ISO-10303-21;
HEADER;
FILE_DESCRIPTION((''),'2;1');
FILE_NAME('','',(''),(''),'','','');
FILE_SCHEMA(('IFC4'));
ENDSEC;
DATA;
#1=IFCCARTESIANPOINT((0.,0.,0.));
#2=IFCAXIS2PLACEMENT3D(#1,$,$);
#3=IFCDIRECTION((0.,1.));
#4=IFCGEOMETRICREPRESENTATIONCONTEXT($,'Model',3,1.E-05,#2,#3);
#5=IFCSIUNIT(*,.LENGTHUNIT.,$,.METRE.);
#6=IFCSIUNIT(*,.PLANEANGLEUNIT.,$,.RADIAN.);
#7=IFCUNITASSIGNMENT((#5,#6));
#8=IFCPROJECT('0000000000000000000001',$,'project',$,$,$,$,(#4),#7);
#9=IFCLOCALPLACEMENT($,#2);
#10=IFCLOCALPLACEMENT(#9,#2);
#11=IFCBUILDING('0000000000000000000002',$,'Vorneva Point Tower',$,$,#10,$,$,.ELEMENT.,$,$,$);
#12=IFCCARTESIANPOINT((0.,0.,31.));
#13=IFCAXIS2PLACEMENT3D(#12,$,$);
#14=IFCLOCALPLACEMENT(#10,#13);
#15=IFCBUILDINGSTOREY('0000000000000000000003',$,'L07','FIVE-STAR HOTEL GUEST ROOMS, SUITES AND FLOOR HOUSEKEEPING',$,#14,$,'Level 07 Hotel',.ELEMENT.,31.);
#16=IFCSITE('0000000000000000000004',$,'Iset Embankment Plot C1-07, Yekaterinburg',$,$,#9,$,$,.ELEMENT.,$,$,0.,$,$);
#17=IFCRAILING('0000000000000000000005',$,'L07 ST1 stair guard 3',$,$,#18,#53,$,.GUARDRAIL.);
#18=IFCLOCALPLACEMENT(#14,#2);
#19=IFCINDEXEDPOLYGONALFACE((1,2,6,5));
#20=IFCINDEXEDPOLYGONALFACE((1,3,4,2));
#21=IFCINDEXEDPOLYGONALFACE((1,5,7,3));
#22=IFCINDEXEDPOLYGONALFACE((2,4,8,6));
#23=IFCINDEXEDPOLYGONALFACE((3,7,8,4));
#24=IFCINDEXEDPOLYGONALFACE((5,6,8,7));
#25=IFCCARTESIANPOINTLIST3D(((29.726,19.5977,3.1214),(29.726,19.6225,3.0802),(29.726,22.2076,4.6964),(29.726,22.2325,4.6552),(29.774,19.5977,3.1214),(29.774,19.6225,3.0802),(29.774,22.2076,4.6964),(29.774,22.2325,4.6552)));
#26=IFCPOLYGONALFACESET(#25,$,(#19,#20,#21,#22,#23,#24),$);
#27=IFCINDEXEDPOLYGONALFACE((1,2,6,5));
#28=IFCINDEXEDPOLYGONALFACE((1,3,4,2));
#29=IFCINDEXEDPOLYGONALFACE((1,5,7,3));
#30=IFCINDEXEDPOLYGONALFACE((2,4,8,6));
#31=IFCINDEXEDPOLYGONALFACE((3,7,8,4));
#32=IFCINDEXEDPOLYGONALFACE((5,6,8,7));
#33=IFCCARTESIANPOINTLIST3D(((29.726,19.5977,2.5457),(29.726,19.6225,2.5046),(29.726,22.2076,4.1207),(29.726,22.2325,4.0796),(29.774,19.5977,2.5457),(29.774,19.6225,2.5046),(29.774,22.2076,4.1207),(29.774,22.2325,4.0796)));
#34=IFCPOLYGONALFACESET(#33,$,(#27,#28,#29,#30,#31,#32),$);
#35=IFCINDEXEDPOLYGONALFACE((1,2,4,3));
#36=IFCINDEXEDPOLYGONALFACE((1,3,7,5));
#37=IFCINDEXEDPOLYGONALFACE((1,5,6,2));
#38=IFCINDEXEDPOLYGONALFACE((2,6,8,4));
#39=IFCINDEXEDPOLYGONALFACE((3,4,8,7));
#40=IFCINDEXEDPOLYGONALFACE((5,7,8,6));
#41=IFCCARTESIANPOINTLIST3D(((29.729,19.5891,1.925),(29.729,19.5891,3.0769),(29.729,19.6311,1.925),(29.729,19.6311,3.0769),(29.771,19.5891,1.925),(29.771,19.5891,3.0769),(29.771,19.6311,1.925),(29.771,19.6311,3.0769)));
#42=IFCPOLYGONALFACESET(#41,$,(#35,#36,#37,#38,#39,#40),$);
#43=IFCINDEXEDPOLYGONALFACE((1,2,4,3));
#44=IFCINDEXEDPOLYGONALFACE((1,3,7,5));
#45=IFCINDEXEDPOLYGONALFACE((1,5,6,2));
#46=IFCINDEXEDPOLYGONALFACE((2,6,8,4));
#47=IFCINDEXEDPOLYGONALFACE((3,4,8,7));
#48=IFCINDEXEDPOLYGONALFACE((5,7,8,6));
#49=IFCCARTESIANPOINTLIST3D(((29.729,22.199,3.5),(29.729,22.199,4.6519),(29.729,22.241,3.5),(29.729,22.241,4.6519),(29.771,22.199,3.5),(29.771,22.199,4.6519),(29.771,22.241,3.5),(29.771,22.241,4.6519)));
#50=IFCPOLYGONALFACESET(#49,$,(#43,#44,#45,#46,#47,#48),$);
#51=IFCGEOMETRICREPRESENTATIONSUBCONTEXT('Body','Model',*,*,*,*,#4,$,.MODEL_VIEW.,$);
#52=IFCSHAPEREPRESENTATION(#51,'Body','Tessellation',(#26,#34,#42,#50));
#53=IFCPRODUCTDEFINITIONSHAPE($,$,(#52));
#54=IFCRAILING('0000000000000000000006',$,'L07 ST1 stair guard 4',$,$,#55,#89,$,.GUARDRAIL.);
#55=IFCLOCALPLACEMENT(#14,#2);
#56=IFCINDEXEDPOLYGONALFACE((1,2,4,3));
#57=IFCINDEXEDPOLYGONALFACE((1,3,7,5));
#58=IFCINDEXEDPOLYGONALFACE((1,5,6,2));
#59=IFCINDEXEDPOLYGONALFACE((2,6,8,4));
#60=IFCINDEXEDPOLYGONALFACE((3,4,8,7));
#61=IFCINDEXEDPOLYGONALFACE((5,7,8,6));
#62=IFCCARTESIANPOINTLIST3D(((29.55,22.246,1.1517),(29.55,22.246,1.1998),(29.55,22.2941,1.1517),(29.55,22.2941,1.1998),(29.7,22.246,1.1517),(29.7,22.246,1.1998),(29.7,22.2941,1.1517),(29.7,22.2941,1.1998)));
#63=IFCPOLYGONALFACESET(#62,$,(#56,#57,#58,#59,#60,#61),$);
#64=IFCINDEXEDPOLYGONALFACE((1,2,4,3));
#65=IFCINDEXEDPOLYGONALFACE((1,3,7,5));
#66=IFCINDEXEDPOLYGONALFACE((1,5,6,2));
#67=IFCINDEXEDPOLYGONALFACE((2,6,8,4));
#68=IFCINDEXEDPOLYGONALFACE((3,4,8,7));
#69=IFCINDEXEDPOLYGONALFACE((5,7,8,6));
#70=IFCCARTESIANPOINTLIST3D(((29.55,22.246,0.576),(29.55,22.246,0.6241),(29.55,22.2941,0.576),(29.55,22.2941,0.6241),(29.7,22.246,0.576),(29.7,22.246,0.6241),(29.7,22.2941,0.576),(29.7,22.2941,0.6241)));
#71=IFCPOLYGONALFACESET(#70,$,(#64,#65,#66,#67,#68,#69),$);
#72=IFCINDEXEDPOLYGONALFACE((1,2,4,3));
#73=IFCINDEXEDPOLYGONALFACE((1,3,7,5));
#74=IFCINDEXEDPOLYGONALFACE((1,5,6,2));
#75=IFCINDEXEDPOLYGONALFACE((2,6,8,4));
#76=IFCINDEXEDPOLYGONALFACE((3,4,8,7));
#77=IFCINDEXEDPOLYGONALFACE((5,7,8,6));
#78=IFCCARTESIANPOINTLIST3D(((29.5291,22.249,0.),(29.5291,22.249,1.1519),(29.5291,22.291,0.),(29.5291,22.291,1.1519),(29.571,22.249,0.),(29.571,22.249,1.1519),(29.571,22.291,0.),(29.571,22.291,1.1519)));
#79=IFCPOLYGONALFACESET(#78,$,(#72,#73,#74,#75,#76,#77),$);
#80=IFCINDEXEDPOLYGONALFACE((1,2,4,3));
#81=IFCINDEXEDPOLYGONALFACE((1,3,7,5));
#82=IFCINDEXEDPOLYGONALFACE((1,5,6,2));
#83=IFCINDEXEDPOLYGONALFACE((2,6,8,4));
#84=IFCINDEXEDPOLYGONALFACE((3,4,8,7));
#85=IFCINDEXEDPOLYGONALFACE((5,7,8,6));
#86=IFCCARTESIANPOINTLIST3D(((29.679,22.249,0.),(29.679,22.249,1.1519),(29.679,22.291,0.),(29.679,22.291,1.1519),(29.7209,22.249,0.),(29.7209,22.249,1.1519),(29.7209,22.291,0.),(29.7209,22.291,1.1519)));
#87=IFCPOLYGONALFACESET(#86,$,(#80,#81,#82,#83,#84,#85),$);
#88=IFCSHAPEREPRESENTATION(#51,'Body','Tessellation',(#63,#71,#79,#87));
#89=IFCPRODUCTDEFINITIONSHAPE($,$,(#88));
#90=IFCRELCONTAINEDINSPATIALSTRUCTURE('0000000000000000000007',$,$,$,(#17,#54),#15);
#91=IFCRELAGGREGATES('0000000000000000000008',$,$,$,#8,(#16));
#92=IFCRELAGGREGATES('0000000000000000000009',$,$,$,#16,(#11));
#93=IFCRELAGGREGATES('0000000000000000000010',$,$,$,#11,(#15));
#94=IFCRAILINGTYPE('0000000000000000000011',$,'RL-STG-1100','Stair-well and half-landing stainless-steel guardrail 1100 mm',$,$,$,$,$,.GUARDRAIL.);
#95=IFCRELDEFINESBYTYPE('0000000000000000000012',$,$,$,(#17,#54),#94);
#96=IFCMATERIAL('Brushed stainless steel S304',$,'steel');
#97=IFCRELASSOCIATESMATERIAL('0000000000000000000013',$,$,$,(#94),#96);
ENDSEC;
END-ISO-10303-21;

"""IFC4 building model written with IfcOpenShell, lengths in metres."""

from ifc_helpers import new_model, si_unit, direction, frame, origin, origin_2d, place, context, subcontext, project, spatial, rectangle, extrude, material, type_object, element, save


model = new_model("IFC4")

# Units and contexts
model_context = context("Model", 3, precision=1e-05, world=origin(), true_north=direction((0.0, 1.0)))
body_context = subcontext(model_context, "Body", "Model", "MODEL_VIEW")
ifc_project = project(units=[si_unit("LENGTHUNIT", "METRE"), si_unit("PLANEANGLEUNIT", "RADIAN")], contexts=[model_context])

# Site, building, storey
site_placement = place(None, origin())
site = spatial("IfcSite", under=ifc_project, at=site_placement, Name="Iset Embankment Plot C1-07, Yekaterinburg", CompositionType="ELEMENT", RefElevation=0.0)
building_placement = place(site_placement, origin())
building = spatial("IfcBuilding", under=site, at=building_placement, Name="Vorneva Point Tower", CompositionType="ELEMENT")
storey_placement = place(building_placement, frame((0.0, 0.0, 31.0)))
storey = spatial("IfcBuildingStorey", under=building, at=storey_placement, Name="L07", Description="FIVE-STAR HOTEL GUEST ROOMS, SUITES AND FLOOR HOUSEKEEPING", LongName="Level 07 Hotel", CompositionType="ELEMENT", Elevation=31.0)

# Railings
ifc_material_1 = material(Name="Brushed stainless steel S304", Category="steel")
railing_type_1 = type_object("IfcRailingType", Name="RL-STG-1100", Description="Stair-well and half-landing stainless-steel guardrail 1100 mm", PredefinedType="GUARDRAIL", material=ifc_material_1)
railing_1_placement = place(storey_placement, frame((29.75, 19.6101, 1.925)))
element("IfcRailing", 1, at=railing_1_placement, inside=storey, type_object=railing_type_1, Name="L07 ST1 stair guard 3", PredefinedType="GUARDRAIL", context=body_context, shape_type="SweptSolid", body=[
    extrude(rectangle(XDim=0.0481, YDim=0.0481, at=origin_2d()), frame((0.0, 0.0, 1.1758), z_axis=(0.0, 0.856183, 0.516673), x_axis=(-1.0, 0.0, 0.0)), (0.0, 0.0, 1.0), 3.0483),
    extrude(rectangle(XDim=0.0481, YDim=0.0481, at=origin_2d()), frame((0.0, 0.0, 0.6001), z_axis=(0.0, 0.856183, 0.516673), x_axis=(-1.0, 0.0, 0.0)), (0.0, 0.0, 1.0), 3.0483),
    extrude(rectangle(XDim=0.042, YDim=0.042, at=origin_2d()), origin(), (0.0, 0.0, 1.0), 1.1519),
    extrude(rectangle(XDim=0.042, YDim=0.042, at=origin_2d()), frame((0.0, 2.6099, 1.575)), (0.0, 0.0, 1.0), 1.1519),
])
railing_2_placement = place(storey_placement, frame((29.55, 22.27, 0.0)))
element("IfcRailing", 2, at=railing_2_placement, inside=storey, type_object=railing_type_1, Name="L07 ST1 stair guard 4", PredefinedType="GUARDRAIL", context=body_context, shape_type="SweptSolid", body=[
    extrude(rectangle(XDim=0.0481, YDim=0.0481, at=origin_2d()), frame((0.0, 0.0, 1.1758), z_axis=(1.0, 0.0, 0.0), x_axis=(0.0, 1.0, 0.0)), (0.0, 0.0, 1.0), 0.1499),
    extrude(rectangle(XDim=0.0481, YDim=0.0481, at=origin_2d()), frame((0.0, 0.0, 0.6001), z_axis=(1.0, 0.0, 0.0), x_axis=(0.0, 1.0, 0.0)), (0.0, 0.0, 1.0), 0.1499),
    extrude(rectangle(XDim=0.042, YDim=0.042, at=origin_2d()), origin(), (0.0, 0.0, 1.0), 1.1519),
    extrude(rectangle(XDim=0.042, YDim=0.042, at=origin_2d()), frame((0.1499, 0.0, 0.0)), (0.0, 0.0, 1.0), 1.1519),
])

save(model, "model.ifc")
